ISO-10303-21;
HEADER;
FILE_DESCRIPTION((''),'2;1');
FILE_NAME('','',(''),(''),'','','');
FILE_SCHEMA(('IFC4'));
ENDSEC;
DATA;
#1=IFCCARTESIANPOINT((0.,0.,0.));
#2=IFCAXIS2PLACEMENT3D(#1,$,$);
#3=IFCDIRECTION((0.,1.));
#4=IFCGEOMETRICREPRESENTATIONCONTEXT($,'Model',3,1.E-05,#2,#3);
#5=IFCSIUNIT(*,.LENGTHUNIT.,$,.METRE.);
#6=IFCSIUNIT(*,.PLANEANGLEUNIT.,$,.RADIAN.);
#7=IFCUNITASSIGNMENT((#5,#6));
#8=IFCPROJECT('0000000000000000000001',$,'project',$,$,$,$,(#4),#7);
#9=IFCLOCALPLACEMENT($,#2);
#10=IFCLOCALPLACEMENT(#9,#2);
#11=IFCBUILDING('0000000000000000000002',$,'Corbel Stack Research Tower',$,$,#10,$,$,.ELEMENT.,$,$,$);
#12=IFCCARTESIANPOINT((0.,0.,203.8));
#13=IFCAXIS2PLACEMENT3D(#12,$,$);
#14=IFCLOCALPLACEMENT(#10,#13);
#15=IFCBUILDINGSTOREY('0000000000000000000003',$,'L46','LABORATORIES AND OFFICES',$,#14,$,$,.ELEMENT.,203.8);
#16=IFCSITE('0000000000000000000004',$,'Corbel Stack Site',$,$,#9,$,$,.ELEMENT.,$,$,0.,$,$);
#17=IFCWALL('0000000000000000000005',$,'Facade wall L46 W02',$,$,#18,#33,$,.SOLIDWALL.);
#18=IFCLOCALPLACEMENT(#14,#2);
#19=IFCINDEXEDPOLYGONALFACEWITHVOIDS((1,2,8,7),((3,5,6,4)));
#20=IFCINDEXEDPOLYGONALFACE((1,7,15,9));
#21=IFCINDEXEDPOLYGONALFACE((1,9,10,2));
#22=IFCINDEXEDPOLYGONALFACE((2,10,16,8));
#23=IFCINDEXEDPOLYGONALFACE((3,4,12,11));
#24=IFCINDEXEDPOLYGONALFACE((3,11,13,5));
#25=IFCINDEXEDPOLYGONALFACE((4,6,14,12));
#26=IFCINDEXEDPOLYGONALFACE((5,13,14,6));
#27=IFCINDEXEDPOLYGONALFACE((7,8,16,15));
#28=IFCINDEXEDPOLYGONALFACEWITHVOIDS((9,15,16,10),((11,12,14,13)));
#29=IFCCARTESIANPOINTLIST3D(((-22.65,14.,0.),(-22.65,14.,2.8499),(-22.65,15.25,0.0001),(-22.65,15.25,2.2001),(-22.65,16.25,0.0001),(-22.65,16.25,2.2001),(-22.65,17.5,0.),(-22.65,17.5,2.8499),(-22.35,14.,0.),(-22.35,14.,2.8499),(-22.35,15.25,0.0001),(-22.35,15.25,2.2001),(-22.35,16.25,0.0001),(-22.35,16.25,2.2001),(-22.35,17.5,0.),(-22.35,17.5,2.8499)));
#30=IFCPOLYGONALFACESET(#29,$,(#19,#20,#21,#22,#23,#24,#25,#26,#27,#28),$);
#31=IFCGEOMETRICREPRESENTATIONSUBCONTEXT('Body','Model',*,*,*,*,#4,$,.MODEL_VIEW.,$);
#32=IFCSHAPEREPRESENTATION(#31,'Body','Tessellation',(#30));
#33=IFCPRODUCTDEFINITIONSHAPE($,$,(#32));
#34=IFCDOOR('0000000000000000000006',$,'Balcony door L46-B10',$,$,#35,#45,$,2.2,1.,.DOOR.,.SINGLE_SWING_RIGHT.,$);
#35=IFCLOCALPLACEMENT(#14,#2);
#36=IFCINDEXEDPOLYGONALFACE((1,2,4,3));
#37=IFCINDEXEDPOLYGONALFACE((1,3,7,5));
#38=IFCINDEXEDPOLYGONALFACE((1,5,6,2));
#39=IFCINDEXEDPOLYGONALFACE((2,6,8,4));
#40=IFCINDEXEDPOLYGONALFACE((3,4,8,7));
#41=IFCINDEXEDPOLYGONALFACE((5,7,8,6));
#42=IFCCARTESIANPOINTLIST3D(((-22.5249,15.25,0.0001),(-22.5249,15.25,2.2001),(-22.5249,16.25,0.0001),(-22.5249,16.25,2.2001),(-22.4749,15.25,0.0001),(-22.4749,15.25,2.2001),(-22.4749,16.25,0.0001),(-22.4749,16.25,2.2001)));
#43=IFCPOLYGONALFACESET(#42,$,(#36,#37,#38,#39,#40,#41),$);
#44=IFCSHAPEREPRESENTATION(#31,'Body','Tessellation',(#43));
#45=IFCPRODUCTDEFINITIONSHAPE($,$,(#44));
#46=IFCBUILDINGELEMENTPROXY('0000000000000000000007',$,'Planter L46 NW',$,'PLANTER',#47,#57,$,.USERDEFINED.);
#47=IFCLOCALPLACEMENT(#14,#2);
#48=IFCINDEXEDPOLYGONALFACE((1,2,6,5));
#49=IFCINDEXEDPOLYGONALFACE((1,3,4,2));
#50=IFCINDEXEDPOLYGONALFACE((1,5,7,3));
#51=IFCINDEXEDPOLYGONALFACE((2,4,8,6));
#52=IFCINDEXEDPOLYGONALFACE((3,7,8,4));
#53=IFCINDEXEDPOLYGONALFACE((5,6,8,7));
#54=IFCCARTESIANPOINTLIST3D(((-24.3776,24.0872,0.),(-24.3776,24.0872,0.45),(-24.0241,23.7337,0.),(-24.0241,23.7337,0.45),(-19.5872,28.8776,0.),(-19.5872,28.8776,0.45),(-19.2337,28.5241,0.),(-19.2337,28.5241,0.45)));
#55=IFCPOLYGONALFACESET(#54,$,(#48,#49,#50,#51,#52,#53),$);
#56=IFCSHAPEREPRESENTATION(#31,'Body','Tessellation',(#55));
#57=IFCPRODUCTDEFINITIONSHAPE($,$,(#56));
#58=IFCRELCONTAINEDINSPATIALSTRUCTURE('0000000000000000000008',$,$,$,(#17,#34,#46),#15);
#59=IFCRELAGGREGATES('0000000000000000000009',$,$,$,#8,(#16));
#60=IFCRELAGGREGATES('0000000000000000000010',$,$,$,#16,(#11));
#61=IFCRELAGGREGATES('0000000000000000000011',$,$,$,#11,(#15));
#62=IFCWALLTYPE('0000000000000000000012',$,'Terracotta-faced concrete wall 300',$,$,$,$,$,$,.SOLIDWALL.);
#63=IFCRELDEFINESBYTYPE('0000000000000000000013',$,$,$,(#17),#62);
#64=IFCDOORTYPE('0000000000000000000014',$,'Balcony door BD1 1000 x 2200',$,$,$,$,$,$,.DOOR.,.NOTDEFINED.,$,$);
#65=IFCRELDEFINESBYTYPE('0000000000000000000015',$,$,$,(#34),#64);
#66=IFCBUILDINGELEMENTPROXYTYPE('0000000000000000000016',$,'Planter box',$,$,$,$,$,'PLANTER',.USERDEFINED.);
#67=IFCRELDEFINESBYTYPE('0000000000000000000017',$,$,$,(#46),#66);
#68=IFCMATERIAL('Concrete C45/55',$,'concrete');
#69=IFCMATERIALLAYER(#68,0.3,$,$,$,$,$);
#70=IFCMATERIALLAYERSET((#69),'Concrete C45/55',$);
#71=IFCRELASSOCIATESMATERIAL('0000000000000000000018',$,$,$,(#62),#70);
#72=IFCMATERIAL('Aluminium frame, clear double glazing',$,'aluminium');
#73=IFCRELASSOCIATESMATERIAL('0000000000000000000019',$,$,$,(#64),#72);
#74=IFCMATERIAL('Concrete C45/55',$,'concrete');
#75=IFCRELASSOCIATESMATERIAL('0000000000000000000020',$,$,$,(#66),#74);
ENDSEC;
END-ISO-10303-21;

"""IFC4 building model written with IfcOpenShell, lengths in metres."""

from ifc_helpers import new_model, si_unit, direction, frame, frame_2d, origin, origin_2d, place, context, subcontext, project, spatial, rectangle, extrude, material, layer, layer_set, type_object, element, fill, save


model = new_model("IFC4")

# Units and contexts
model_context = context("Model", 3, precision=1e-05, world=origin(), true_north=direction((0.0, 1.0)))
body_context = subcontext(model_context, "Body", "Model", "MODEL_VIEW")
ifc_project = project(units=[si_unit("LENGTHUNIT", "METRE"), si_unit("PLANEANGLEUNIT", "RADIAN")], contexts=[model_context])

# Site, building, storey
site_placement = place(None, origin())
site = spatial("IfcSite", under=ifc_project, at=site_placement, Name="Corbel Stack Site", CompositionType="ELEMENT", RefElevation=0.0)
building_placement = place(site_placement, origin())
building = spatial("IfcBuilding", under=site, at=building_placement, Name="Corbel Stack Research Tower", CompositionType="ELEMENT")
storey_placement = place(building_placement, frame((0.0, 0.0, 203.8)))
storey = spatial("IfcBuildingStorey", under=building, at=storey_placement, Name="L46", Description="LABORATORIES AND OFFICES", CompositionType="ELEMENT", Elevation=203.8)

# Shared definitions
ifc_material_1 = material(Name="Concrete C45/55", Category="concrete")
ifc_layer_1 = layer(ifc_material_1, 0.3)
ifc_layer_set_1 = layer_set([ifc_layer_1], Name="Concrete C45/55")
wall_type_1 = type_object("IfcWallType", Name="Terracotta-faced concrete wall 300", PredefinedType="SOLIDWALL", material=ifc_layer_set_1)

# Wall, opening, door
wall_1_placement = place(storey_placement, frame((-22.5, 14.0, 0.0), z_axis=(0.0, 0.0, 1.0), x_axis=(0.0, 1.0, 0.0)))
wall_1 = element("IfcWall", 1, at=wall_1_placement, inside=storey, type_object=wall_type_1, Name="Facade wall L46 W02", PredefinedType="SOLIDWALL", context=body_context, shape_type="SweptSolid", body=[
    extrude(rectangle(XDim=3.5, YDim=0.3, at=frame_2d((1.75, 0.0))), origin(), (0.0, 0.0, 1.0), 2.8499),
])
opening_1_placement = place(wall_1_placement, frame((1.25, 0.0, 0.0)))
opening_1 = element("IfcOpeningElement", 2, at=opening_1_placement, cuts=wall_1, PredefinedType="OPENING", context=body_context, shape_type="SweptSolid", body=[
    extrude(rectangle(XDim=1.0, YDim=2.2, at=frame_2d((0.5, 1.1001))), frame((0.0, 0.1599, 0.0), z_axis=(0.0, -1.0, 0.0), x_axis=(1.0, 0.0, 0.0)), (0.0, 0.0, 1.0), 0.3201),
])
ifc_material_2 = material(Name="Aluminium frame, clear double glazing", Category="aluminium")
door_type_1 = type_object("IfcDoorType", Name="Balcony door BD1 1000 x 2200", OperationType="NOTDEFINED", PredefinedType="DOOR", material=ifc_material_2)
door_1_placement = place(opening_1_placement, origin())
door_1 = element("IfcDoor", 3, at=door_1_placement, inside=storey, type_object=door_type_1, Name="Balcony door L46-B10", OperationType="SINGLE_SWING_RIGHT", OverallHeight=2.2, OverallWidth=1.0, PredefinedType="DOOR", context=body_context, shape_type="SweptSolid", body=[
    extrude(rectangle(XDim=1.0, YDim=2.2, at=frame_2d((0.5, 1.1001))), frame((0.0, 0.0249, 0.0), z_axis=(0.0, -1.0, 0.0), x_axis=(1.0, 0.0, 0.0)), (0.0, 0.0, 1.0), 0.05),
])
fill(opening_1, door_1)

# Building element proxy
ifc_material_3 = material(Name="Concrete C45/55", Category="concrete")
building_element_proxy_type = type_object("IfcBuildingElementProxyType", Name="Planter box", ElementType="PLANTER", PredefinedType="USERDEFINED", material=ifc_material_3)
proxy_placement = place(storey_placement, frame((-21.8057, 26.3057, 0.0), z_axis=(0.0, 0.0, 1.0), x_axis=(-0.707107, -0.707107, 0.0)))
element("IfcBuildingElementProxy", 4, at=proxy_placement, inside=storey, type_object=building_element_proxy_type, Name="Planter L46 NW", ObjectType="PLANTER", PredefinedType="USERDEFINED", context=body_context, shape_type="SweptSolid", body=[
    extrude(rectangle(XDim=6.7747, YDim=0.5, at=origin_2d()), origin(), (0.0, 0.0, 1.0), 0.45),
])

save(model, "model.ifc")
